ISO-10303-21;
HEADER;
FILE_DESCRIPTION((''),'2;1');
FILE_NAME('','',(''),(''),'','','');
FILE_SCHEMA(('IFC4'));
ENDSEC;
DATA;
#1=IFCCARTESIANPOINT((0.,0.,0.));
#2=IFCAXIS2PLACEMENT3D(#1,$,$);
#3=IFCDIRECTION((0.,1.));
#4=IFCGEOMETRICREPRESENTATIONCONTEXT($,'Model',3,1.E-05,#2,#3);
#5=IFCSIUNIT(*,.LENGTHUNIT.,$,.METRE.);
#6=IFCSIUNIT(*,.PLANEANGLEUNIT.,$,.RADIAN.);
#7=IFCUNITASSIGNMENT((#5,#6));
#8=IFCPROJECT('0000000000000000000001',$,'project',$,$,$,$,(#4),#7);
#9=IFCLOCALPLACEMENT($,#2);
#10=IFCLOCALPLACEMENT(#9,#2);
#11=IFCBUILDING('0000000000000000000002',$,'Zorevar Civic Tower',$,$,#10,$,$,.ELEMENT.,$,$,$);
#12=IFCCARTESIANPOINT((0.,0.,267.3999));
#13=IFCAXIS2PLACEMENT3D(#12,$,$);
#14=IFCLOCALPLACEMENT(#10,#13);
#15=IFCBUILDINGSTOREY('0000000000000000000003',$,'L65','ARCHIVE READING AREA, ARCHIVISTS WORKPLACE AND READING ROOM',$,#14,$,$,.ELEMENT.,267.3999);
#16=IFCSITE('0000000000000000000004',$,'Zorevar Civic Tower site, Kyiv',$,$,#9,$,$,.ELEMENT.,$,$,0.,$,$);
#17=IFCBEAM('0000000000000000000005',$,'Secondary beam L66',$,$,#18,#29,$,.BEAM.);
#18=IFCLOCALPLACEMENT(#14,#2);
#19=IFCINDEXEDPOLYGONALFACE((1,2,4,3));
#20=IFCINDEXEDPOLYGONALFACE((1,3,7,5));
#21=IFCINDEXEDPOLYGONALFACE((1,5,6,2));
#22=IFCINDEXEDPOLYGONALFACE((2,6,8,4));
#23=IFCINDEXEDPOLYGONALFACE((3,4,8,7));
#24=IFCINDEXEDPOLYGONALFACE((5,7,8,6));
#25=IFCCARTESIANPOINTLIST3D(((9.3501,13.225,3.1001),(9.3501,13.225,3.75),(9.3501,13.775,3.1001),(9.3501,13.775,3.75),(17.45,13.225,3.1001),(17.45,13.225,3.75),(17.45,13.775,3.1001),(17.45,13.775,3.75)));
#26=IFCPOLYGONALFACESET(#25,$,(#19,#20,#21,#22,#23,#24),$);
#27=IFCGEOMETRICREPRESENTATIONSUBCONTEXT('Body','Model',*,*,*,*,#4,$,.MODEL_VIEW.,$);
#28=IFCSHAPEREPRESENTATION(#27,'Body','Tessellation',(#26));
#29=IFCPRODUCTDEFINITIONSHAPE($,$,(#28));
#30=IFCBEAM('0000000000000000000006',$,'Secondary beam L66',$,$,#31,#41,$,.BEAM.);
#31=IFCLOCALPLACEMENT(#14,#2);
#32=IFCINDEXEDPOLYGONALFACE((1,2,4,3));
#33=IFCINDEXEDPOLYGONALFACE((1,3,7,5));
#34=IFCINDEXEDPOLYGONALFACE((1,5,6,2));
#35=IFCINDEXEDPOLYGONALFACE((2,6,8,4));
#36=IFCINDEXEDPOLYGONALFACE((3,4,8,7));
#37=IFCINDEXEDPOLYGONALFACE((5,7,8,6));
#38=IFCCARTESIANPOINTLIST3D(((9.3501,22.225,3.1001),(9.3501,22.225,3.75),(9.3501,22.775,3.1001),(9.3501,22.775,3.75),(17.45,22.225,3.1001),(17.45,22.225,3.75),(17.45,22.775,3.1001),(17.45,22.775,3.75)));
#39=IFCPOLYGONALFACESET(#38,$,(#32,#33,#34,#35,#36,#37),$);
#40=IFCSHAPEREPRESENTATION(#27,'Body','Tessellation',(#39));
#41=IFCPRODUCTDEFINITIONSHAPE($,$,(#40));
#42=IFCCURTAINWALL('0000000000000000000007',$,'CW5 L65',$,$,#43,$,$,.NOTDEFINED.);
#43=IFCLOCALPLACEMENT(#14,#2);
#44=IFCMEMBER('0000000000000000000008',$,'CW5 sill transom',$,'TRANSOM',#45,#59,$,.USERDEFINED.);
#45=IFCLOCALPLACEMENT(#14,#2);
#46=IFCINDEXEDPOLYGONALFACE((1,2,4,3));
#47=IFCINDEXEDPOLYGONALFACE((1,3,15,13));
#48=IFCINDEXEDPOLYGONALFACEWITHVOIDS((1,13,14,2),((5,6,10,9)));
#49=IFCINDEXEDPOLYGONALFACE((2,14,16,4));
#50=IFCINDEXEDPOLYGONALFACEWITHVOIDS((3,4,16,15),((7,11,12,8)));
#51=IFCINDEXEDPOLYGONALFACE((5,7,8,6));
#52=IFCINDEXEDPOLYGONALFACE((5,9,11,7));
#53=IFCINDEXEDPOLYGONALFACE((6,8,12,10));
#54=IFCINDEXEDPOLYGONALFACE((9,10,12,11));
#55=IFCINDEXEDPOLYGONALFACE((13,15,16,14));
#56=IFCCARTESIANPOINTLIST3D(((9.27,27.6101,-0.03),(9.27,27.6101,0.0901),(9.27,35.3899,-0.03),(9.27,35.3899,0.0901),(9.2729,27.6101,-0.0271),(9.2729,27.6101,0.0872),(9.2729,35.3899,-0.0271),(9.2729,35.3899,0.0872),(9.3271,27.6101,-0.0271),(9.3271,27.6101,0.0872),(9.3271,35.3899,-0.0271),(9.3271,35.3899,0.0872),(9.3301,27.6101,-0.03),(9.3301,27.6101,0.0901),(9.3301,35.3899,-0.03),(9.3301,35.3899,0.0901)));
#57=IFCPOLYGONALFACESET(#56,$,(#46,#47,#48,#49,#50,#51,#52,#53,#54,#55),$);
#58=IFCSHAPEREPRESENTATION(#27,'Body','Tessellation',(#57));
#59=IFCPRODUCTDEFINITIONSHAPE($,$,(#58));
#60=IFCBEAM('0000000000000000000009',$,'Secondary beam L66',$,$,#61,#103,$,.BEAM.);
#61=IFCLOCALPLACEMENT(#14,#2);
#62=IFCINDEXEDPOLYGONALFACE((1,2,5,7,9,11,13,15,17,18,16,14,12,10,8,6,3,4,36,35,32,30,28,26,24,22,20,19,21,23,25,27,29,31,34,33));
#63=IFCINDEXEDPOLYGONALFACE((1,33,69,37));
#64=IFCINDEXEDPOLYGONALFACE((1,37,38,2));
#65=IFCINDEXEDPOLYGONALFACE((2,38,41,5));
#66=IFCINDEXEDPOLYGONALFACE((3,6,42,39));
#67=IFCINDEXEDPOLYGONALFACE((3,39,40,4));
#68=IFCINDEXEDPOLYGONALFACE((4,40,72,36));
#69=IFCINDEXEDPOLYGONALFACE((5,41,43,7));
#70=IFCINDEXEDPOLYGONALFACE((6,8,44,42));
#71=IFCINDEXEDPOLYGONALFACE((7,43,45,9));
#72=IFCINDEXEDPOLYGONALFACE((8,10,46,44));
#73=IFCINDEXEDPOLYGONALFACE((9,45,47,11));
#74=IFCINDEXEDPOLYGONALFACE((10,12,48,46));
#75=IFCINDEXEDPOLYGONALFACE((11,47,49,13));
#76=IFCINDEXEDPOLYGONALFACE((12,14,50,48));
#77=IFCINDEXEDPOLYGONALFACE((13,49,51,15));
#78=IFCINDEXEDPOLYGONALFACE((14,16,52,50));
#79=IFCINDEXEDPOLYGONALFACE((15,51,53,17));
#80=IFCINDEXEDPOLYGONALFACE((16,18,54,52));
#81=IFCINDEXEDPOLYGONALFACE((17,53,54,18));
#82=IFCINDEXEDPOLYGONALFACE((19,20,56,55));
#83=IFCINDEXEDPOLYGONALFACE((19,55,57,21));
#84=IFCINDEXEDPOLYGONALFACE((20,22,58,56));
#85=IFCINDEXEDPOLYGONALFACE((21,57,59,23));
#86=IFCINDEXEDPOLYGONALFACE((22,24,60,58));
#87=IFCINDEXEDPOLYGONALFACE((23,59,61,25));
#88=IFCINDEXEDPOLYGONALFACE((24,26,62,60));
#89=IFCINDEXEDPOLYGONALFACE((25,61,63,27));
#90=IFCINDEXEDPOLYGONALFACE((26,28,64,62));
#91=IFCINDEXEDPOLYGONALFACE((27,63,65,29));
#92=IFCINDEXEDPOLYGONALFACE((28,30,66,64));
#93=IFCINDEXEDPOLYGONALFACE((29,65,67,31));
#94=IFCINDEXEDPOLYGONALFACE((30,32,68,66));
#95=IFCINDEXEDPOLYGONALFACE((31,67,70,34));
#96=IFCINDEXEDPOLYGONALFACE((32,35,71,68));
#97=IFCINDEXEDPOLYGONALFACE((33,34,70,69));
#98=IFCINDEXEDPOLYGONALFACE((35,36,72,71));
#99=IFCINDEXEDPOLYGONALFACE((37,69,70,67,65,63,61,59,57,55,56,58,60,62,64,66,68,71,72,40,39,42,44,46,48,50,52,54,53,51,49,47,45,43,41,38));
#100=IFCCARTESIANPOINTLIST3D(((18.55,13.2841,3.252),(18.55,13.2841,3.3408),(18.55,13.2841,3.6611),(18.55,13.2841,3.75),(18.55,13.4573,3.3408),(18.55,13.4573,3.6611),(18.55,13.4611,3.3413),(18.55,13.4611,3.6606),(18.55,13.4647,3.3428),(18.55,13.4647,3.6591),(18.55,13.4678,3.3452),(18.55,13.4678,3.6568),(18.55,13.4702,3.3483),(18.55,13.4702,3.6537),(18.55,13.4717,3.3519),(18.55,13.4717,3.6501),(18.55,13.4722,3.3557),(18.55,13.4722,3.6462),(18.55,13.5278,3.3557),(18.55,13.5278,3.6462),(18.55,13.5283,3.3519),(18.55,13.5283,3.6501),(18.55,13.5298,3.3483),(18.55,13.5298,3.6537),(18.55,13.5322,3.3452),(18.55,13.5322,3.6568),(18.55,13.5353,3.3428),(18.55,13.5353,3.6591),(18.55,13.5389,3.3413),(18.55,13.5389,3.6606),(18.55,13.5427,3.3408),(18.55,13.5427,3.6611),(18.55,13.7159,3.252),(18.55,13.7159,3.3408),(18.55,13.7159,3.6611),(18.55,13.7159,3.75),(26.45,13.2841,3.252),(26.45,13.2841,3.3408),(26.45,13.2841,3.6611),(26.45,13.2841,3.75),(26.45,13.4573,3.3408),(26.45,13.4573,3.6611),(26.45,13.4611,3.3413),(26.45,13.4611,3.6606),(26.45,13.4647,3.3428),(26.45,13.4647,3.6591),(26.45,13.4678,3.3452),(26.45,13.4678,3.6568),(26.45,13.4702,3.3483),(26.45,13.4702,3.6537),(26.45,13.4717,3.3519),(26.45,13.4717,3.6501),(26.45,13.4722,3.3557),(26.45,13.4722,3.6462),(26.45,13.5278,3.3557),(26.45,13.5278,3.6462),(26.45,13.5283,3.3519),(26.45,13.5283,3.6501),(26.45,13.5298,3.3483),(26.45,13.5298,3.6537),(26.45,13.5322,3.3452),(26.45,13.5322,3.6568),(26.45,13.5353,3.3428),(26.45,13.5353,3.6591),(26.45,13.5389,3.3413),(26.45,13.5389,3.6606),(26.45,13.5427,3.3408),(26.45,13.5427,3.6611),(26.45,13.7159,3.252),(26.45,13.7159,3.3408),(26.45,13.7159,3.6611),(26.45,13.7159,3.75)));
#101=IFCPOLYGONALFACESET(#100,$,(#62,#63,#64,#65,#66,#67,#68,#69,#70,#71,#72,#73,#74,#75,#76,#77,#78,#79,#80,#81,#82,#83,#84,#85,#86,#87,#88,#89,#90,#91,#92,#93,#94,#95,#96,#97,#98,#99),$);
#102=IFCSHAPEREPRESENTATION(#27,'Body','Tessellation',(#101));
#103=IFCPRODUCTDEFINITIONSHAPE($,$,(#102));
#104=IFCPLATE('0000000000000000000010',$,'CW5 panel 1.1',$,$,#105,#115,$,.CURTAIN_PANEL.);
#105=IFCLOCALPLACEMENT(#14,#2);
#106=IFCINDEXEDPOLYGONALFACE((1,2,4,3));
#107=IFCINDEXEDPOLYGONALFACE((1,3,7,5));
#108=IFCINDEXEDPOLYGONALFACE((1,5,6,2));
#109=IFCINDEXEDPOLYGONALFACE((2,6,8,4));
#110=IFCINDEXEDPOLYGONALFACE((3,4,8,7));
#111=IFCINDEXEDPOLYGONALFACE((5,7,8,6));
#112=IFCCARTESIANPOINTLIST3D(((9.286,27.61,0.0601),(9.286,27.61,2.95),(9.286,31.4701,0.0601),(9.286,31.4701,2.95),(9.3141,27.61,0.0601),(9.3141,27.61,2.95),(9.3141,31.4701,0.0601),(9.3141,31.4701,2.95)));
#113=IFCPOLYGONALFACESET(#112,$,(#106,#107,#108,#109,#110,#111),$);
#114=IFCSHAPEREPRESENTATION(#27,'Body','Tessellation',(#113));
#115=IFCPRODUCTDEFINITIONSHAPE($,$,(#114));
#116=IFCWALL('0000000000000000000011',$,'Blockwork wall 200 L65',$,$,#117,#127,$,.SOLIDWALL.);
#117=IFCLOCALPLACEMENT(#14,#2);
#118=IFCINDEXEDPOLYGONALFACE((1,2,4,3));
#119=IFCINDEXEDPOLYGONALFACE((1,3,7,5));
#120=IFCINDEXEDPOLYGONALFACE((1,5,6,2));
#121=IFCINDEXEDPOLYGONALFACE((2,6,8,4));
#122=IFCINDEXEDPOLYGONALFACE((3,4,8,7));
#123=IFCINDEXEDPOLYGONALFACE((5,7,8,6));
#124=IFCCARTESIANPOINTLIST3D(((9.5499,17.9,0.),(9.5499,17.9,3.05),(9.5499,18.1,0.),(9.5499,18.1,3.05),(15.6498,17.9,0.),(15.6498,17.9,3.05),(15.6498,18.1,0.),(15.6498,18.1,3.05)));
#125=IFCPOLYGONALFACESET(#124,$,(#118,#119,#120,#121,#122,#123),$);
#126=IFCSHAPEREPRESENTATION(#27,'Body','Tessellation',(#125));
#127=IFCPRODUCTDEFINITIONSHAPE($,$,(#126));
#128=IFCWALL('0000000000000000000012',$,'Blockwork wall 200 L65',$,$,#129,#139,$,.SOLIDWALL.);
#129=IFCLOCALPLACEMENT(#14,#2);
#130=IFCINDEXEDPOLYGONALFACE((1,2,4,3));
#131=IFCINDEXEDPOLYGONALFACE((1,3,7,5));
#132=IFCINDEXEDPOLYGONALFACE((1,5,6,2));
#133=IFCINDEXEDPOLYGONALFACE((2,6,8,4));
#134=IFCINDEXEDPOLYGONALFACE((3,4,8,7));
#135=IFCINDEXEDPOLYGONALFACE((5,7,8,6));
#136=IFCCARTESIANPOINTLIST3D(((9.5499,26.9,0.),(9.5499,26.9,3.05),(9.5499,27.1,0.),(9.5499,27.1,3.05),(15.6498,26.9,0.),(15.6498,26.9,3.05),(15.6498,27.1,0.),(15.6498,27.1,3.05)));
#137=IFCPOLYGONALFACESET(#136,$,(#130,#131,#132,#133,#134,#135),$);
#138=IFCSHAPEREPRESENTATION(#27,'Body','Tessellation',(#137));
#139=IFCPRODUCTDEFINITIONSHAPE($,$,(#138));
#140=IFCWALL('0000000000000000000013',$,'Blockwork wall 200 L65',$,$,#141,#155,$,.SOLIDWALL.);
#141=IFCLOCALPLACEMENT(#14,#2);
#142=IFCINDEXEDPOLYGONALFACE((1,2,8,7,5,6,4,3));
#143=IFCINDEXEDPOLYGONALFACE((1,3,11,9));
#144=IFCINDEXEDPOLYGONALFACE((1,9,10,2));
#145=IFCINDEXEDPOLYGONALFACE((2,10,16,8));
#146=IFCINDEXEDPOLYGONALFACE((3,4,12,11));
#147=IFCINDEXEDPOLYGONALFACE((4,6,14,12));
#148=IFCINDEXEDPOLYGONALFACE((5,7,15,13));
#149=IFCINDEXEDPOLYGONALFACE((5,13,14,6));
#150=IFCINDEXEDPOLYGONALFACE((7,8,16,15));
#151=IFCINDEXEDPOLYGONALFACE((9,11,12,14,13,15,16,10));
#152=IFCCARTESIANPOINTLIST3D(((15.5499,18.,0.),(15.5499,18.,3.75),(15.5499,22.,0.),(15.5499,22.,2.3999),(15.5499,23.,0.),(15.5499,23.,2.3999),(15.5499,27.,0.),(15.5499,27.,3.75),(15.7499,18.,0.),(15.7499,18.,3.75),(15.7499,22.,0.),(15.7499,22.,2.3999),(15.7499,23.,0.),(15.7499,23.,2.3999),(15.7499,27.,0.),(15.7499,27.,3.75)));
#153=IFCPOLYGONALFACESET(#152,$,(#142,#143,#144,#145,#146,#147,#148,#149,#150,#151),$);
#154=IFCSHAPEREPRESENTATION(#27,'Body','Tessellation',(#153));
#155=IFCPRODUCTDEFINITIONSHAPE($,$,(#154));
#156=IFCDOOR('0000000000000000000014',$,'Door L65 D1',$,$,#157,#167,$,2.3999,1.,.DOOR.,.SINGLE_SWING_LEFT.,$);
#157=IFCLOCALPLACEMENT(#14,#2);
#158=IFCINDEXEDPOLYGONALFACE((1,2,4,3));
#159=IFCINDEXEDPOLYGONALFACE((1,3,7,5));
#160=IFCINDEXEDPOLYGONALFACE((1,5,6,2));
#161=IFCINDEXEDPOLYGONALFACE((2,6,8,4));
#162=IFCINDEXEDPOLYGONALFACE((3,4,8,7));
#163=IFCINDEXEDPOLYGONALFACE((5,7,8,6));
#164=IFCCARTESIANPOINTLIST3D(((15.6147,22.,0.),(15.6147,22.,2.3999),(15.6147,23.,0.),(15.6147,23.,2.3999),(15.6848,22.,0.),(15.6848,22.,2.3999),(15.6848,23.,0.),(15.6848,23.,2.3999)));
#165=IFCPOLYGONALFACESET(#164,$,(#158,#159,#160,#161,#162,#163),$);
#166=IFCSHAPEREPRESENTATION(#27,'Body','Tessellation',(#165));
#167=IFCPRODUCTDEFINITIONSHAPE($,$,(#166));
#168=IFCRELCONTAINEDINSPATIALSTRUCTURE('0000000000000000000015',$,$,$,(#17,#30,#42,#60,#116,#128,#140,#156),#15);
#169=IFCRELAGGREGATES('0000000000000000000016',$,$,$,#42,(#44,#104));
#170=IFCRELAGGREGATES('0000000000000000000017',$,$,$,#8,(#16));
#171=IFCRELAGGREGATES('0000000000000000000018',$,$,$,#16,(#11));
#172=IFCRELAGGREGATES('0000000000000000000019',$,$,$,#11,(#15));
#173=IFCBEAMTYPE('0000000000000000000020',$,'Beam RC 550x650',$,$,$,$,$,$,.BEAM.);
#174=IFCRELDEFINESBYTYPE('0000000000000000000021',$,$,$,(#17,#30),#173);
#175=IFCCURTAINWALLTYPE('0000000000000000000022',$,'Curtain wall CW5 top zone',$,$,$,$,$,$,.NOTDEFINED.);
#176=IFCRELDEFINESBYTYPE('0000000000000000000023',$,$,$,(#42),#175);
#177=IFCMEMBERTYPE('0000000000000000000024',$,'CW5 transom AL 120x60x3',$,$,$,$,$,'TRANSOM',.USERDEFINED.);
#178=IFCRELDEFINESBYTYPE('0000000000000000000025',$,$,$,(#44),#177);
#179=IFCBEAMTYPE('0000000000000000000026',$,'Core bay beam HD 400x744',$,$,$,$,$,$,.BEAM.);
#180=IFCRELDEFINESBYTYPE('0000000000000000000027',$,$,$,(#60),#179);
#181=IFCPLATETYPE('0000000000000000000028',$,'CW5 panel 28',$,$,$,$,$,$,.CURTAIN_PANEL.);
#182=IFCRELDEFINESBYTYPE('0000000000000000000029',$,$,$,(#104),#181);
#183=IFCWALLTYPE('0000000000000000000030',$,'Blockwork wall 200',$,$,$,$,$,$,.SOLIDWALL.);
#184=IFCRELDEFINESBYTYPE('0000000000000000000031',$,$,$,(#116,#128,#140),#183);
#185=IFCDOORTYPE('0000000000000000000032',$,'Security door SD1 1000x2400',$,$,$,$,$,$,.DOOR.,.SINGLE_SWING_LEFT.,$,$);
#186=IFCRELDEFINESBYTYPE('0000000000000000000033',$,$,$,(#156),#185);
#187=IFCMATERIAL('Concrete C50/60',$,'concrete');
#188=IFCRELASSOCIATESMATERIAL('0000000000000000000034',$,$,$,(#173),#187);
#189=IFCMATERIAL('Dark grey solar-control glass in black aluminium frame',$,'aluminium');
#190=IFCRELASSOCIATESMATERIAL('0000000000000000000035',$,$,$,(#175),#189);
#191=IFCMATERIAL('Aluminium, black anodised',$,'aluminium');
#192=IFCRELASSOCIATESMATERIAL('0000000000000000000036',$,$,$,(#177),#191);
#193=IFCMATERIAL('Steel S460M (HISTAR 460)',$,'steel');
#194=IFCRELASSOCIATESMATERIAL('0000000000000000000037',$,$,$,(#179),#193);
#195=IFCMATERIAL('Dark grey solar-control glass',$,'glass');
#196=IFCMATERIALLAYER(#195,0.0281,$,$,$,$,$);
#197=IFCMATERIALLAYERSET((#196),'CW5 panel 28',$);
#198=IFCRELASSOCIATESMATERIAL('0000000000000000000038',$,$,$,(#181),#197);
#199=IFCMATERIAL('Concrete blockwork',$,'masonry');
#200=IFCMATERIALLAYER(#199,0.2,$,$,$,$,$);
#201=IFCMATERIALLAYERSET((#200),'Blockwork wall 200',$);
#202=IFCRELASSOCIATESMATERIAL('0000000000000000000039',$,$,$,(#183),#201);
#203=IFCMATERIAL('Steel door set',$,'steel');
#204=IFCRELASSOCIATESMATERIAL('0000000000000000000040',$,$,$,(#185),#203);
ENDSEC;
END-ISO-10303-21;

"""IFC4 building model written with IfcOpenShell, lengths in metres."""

from ifc_helpers import new_model, si_unit, direction, frame, frame_2d, origin, origin_2d, place, context, subcontext, project, spatial, rectangle, hollow_rectangle, i_section, extrude, material, layer, layer_set, material_profile, profile_set, type_object, element, fill, aggregate, save


model = new_model("IFC4")

# Units and contexts
model_context = context("Model", 3, precision=1e-05, world=origin(), true_north=direction((0.0, 1.0)))
body_context = subcontext(model_context, "Body", "Model", "MODEL_VIEW")
ifc_project = project(units=[si_unit("LENGTHUNIT", "METRE"), si_unit("PLANEANGLEUNIT", "RADIAN")], contexts=[model_context])

# Site, building, storey
site_placement = place(None, origin())
site = spatial("IfcSite", under=ifc_project, at=site_placement, Name="Zorevar Civic Tower site, Kyiv", CompositionType="ELEMENT", RefElevation=0.0)
building_placement = place(site_placement, origin())
building = spatial("IfcBuilding", under=site, at=building_placement, Name="Zorevar Civic Tower", CompositionType="ELEMENT")
storey_placement = place(building_placement, frame((0.0, 0.0, 267.3999)))
storey = spatial("IfcBuildingStorey", under=building, at=storey_placement, Name="L65", Description="ARCHIVE READING AREA, ARCHIVISTS WORKPLACE AND READING ROOM", CompositionType="ELEMENT", Elevation=267.3999)

# Beams
ifc_material_1 = material(Name="Concrete C50/60", Category="concrete")
ifc_material_profile_1 = material_profile(ifc_material_1, rectangle(XDim=0.55, YDim=0.6499, at=origin_2d()), Name="RC 550x650")
ifc_profile_set_1 = profile_set([ifc_material_profile_1], Name="Concrete C50/60")
beam_type_1 = type_object("IfcBeamType", Name="Beam RC 550x650", PredefinedType="BEAM", material=ifc_profile_set_1)
for number, where, z_axis, x_axis, name in (
    (1, (9.3501, 13.5, 3.425), (1.0, 0.0, 0.0), (0.0, 1.0, 0.0), "Secondary beam L66"),
    (2, (9.3501, 22.5, 3.425), (1.0, 0.0, 0.0), (0.0, 1.0, 0.0), "Secondary beam L66"),
):
    element("IfcBeam", number, at=place(storey_placement, frame(where, z_axis=z_axis, x_axis=x_axis)), inside=storey, type_object=beam_type_1, Name=name, PredefinedType="BEAM", context=body_context, shape_type="SweptSolid", body=[
        extrude(rectangle(XDim=0.55, YDim=0.6499, at=origin_2d()), origin(), (0.0, 0.0, 1.0), 8.0999),
    ])

# Curtain wall, member
ifc_material_2 = material(Name="Dark grey solar-control glass in black aluminium frame", Category="aluminium")
curtain_wall_type = type_object("IfcCurtainWallType", Name="Curtain wall CW5 top zone", PredefinedType="NOTDEFINED", material=ifc_material_2)
curtain_wall_placement = place(storey_placement, origin())
curtain_wall = element("IfcCurtainWall", 3, at=curtain_wall_placement, inside=storey, type_object=curtain_wall_type, Name="CW5 L65", PredefinedType="NOTDEFINED")
ifc_material_3 = material(Name="Aluminium, black anodised", Category="aluminium")
ifc_material_profile_2 = material_profile(ifc_material_3, hollow_rectangle(XDim=0.0601, YDim=0.1201, WallThickness=0.0029, at=origin_2d()), Name="AL 120x60x3")
ifc_profile_set_2 = profile_set([ifc_material_profile_2], Name="Aluminium, black anodised")
member_type = type_object("IfcMemberType", Name="CW5 transom AL 120x60x3", ElementType="TRANSOM", PredefinedType="USERDEFINED", material=ifc_profile_set_2)
member_placement = place(storey_placement, frame((9.3, 27.6101, 0.03), z_axis=(0.0, 1.0, 0.0), x_axis=(-1.0, 0.0, 0.0)))
member = element("IfcMember", 4, at=member_placement, type_object=member_type, Name="CW5 sill transom", ObjectType="TRANSOM", PredefinedType="USERDEFINED", context=body_context, shape_type="SweptSolid", body=[
    extrude(hollow_rectangle(XDim=0.0601, YDim=0.1201, WallThickness=0.0029, at=origin_2d()), origin(), (0.0, 0.0, 1.0), 7.7798),
])

# Beam
ifc_material_4 = material(Name="Steel S460M (HISTAR 460)", Category="steel")
ifc_material_profile_3 = material_profile(ifc_material_4, i_section(OverallWidth=0.4319, OverallDepth=0.498, WebThickness=0.0557, FlangeThickness=0.0889, FilletRadius=0.0149, at=origin_2d()), Name="HD 400x744")
ifc_profile_set_3 = profile_set([ifc_material_profile_3], Name="Steel S460M (HISTAR 460)")
beam_type_2 = type_object("IfcBeamType", Name="Core bay beam HD 400x744", PredefinedType="BEAM", material=ifc_profile_set_3)
beam_placement = place(storey_placement, frame((18.55, 13.5, 3.501), z_axis=(1.0, 0.0, 0.0), x_axis=(0.0, 1.0, 0.0)))
element("IfcBeam", 5, at=beam_placement, inside=storey, type_object=beam_type_2, Name="Secondary beam L66", PredefinedType="BEAM", context=body_context, shape_type="SweptSolid", body=[
    extrude(i_section(OverallWidth=0.4319, OverallDepth=0.498, WebThickness=0.0557, FlangeThickness=0.0889, FilletRadius=0.0149, at=origin_2d()), origin(), (0.0, 0.0, 1.0), 7.8999),
])

# Plate
ifc_material_5 = material(Name="Dark grey solar-control glass", Category="glass")
ifc_layer_1 = layer(ifc_material_5, 0.0281)
ifc_layer_set_1 = layer_set([ifc_layer_1], Name="CW5 panel 28")
plate_type = type_object("IfcPlateType", Name="CW5 panel 28", PredefinedType="CURTAIN_PANEL", material=ifc_layer_set_1)
plate_placement = place(storey_placement, frame((9.3, 29.54, 0.0601), z_axis=(0.0, 0.0, 1.0), x_axis=(0.0, 1.0, 0.0)))
plate = element("IfcPlate", 6, at=plate_placement, type_object=plate_type, Name="CW5 panel 1.1", PredefinedType="CURTAIN_PANEL", context=body_context, shape_type="SweptSolid", body=[
    extrude(rectangle(XDim=3.8601, YDim=0.0281, at=origin_2d()), origin(), (0.0, 0.0, 1.0), 2.8899),
])
aggregate(curtain_wall, [member, plate])

# Walls
ifc_material_6 = material(Name="Concrete blockwork", Category="masonry")
ifc_layer_2 = layer(ifc_material_6, 0.2)
ifc_layer_set_2 = layer_set([ifc_layer_2], Name="Blockwork wall 200")
wall_type_1 = type_object("IfcWallType", Name="Blockwork wall 200", PredefinedType="SOLIDWALL", material=ifc_layer_set_2)
for number, where, z_axis, x_axis, name in (
    (7, (9.55, 18.0, 0.0), (0.0, 0.0, 1.0), (1.0, 0.0, 0.0), "Blockwork wall 200 L65"),
    (8, (9.55, 27.0, 0.0), (0.0, 0.0, 1.0), (1.0, 0.0, 0.0), "Blockwork wall 200 L65"),
):
    element("IfcWall", number, at=place(storey_placement, frame(where, z_axis=z_axis, x_axis=x_axis)), inside=storey, type_object=wall_type_1, Name=name, PredefinedType="SOLIDWALL", context=body_context, shape_type="SweptSolid", body=[
        extrude(rectangle(XDim=6.0999, YDim=0.2, at=frame_2d((3.0498, 0.0))), origin(), (0.0, 0.0, 1.0), 3.05),
    ])

# Wall, opening, door
wall_1_placement = place(storey_placement, frame((15.6499, 18.0, 0.0), z_axis=(0.0, 0.0, 1.0), x_axis=(0.0, 1.0, 0.0)))
wall_1 = element("IfcWall", 9, at=wall_1_placement, inside=storey, type_object=wall_type_1, Name="Blockwork wall 200 L65", PredefinedType="SOLIDWALL", context=body_context, shape_type="SweptSolid", body=[
    extrude(rectangle(XDim=9.0, YDim=0.2, at=frame_2d((4.5, 0.0))), origin(), (0.0, 0.0, 1.0), 3.75),
])
opening_1_placement = place(wall_1_placement, frame((4.0, 0.0, 0.0)))
opening_1 = element("IfcOpeningElement", 10, at=opening_1_placement, cuts=wall_1, PredefinedType="OPENING", context=body_context, shape_type="SweptSolid", body=[
    extrude(rectangle(XDim=1.0, YDim=2.3999, at=frame_2d((0.5, 1.2))), frame((0.0, 0.1099, 0.0), z_axis=(0.0, -1.0, 0.0), x_axis=(1.0, 0.0, 0.0)), (0.0, 0.0, 1.0), 0.22),
])
ifc_material_7 = material(Name="Steel door set", Category="steel")
door_type_1 = type_object("IfcDoorType", Name="Security door SD1 1000x2400", OperationType="SINGLE_SWING_LEFT", PredefinedType="DOOR", material=ifc_material_7)
door_1_placement = place(opening_1_placement, origin())
door_1 = element("IfcDoor", 11, at=door_1_placement, inside=storey, type_object=door_type_1, Name="Door L65 D1", OperationType="SINGLE_SWING_LEFT", OverallHeight=2.3999, OverallWidth=1.0, PredefinedType="DOOR", context=body_context, shape_type="SweptSolid", body=[
    extrude(rectangle(XDim=1.0, YDim=2.3999, at=frame_2d((0.5, 1.2))), frame((0.0, 0.0352, 0.0), z_axis=(0.0, -1.0, 0.0), x_axis=(1.0, 0.0, 0.0)), (0.0, 0.0, 1.0), 0.0701),
])
fill(opening_1, door_1)

save(model, "model.ifc")
